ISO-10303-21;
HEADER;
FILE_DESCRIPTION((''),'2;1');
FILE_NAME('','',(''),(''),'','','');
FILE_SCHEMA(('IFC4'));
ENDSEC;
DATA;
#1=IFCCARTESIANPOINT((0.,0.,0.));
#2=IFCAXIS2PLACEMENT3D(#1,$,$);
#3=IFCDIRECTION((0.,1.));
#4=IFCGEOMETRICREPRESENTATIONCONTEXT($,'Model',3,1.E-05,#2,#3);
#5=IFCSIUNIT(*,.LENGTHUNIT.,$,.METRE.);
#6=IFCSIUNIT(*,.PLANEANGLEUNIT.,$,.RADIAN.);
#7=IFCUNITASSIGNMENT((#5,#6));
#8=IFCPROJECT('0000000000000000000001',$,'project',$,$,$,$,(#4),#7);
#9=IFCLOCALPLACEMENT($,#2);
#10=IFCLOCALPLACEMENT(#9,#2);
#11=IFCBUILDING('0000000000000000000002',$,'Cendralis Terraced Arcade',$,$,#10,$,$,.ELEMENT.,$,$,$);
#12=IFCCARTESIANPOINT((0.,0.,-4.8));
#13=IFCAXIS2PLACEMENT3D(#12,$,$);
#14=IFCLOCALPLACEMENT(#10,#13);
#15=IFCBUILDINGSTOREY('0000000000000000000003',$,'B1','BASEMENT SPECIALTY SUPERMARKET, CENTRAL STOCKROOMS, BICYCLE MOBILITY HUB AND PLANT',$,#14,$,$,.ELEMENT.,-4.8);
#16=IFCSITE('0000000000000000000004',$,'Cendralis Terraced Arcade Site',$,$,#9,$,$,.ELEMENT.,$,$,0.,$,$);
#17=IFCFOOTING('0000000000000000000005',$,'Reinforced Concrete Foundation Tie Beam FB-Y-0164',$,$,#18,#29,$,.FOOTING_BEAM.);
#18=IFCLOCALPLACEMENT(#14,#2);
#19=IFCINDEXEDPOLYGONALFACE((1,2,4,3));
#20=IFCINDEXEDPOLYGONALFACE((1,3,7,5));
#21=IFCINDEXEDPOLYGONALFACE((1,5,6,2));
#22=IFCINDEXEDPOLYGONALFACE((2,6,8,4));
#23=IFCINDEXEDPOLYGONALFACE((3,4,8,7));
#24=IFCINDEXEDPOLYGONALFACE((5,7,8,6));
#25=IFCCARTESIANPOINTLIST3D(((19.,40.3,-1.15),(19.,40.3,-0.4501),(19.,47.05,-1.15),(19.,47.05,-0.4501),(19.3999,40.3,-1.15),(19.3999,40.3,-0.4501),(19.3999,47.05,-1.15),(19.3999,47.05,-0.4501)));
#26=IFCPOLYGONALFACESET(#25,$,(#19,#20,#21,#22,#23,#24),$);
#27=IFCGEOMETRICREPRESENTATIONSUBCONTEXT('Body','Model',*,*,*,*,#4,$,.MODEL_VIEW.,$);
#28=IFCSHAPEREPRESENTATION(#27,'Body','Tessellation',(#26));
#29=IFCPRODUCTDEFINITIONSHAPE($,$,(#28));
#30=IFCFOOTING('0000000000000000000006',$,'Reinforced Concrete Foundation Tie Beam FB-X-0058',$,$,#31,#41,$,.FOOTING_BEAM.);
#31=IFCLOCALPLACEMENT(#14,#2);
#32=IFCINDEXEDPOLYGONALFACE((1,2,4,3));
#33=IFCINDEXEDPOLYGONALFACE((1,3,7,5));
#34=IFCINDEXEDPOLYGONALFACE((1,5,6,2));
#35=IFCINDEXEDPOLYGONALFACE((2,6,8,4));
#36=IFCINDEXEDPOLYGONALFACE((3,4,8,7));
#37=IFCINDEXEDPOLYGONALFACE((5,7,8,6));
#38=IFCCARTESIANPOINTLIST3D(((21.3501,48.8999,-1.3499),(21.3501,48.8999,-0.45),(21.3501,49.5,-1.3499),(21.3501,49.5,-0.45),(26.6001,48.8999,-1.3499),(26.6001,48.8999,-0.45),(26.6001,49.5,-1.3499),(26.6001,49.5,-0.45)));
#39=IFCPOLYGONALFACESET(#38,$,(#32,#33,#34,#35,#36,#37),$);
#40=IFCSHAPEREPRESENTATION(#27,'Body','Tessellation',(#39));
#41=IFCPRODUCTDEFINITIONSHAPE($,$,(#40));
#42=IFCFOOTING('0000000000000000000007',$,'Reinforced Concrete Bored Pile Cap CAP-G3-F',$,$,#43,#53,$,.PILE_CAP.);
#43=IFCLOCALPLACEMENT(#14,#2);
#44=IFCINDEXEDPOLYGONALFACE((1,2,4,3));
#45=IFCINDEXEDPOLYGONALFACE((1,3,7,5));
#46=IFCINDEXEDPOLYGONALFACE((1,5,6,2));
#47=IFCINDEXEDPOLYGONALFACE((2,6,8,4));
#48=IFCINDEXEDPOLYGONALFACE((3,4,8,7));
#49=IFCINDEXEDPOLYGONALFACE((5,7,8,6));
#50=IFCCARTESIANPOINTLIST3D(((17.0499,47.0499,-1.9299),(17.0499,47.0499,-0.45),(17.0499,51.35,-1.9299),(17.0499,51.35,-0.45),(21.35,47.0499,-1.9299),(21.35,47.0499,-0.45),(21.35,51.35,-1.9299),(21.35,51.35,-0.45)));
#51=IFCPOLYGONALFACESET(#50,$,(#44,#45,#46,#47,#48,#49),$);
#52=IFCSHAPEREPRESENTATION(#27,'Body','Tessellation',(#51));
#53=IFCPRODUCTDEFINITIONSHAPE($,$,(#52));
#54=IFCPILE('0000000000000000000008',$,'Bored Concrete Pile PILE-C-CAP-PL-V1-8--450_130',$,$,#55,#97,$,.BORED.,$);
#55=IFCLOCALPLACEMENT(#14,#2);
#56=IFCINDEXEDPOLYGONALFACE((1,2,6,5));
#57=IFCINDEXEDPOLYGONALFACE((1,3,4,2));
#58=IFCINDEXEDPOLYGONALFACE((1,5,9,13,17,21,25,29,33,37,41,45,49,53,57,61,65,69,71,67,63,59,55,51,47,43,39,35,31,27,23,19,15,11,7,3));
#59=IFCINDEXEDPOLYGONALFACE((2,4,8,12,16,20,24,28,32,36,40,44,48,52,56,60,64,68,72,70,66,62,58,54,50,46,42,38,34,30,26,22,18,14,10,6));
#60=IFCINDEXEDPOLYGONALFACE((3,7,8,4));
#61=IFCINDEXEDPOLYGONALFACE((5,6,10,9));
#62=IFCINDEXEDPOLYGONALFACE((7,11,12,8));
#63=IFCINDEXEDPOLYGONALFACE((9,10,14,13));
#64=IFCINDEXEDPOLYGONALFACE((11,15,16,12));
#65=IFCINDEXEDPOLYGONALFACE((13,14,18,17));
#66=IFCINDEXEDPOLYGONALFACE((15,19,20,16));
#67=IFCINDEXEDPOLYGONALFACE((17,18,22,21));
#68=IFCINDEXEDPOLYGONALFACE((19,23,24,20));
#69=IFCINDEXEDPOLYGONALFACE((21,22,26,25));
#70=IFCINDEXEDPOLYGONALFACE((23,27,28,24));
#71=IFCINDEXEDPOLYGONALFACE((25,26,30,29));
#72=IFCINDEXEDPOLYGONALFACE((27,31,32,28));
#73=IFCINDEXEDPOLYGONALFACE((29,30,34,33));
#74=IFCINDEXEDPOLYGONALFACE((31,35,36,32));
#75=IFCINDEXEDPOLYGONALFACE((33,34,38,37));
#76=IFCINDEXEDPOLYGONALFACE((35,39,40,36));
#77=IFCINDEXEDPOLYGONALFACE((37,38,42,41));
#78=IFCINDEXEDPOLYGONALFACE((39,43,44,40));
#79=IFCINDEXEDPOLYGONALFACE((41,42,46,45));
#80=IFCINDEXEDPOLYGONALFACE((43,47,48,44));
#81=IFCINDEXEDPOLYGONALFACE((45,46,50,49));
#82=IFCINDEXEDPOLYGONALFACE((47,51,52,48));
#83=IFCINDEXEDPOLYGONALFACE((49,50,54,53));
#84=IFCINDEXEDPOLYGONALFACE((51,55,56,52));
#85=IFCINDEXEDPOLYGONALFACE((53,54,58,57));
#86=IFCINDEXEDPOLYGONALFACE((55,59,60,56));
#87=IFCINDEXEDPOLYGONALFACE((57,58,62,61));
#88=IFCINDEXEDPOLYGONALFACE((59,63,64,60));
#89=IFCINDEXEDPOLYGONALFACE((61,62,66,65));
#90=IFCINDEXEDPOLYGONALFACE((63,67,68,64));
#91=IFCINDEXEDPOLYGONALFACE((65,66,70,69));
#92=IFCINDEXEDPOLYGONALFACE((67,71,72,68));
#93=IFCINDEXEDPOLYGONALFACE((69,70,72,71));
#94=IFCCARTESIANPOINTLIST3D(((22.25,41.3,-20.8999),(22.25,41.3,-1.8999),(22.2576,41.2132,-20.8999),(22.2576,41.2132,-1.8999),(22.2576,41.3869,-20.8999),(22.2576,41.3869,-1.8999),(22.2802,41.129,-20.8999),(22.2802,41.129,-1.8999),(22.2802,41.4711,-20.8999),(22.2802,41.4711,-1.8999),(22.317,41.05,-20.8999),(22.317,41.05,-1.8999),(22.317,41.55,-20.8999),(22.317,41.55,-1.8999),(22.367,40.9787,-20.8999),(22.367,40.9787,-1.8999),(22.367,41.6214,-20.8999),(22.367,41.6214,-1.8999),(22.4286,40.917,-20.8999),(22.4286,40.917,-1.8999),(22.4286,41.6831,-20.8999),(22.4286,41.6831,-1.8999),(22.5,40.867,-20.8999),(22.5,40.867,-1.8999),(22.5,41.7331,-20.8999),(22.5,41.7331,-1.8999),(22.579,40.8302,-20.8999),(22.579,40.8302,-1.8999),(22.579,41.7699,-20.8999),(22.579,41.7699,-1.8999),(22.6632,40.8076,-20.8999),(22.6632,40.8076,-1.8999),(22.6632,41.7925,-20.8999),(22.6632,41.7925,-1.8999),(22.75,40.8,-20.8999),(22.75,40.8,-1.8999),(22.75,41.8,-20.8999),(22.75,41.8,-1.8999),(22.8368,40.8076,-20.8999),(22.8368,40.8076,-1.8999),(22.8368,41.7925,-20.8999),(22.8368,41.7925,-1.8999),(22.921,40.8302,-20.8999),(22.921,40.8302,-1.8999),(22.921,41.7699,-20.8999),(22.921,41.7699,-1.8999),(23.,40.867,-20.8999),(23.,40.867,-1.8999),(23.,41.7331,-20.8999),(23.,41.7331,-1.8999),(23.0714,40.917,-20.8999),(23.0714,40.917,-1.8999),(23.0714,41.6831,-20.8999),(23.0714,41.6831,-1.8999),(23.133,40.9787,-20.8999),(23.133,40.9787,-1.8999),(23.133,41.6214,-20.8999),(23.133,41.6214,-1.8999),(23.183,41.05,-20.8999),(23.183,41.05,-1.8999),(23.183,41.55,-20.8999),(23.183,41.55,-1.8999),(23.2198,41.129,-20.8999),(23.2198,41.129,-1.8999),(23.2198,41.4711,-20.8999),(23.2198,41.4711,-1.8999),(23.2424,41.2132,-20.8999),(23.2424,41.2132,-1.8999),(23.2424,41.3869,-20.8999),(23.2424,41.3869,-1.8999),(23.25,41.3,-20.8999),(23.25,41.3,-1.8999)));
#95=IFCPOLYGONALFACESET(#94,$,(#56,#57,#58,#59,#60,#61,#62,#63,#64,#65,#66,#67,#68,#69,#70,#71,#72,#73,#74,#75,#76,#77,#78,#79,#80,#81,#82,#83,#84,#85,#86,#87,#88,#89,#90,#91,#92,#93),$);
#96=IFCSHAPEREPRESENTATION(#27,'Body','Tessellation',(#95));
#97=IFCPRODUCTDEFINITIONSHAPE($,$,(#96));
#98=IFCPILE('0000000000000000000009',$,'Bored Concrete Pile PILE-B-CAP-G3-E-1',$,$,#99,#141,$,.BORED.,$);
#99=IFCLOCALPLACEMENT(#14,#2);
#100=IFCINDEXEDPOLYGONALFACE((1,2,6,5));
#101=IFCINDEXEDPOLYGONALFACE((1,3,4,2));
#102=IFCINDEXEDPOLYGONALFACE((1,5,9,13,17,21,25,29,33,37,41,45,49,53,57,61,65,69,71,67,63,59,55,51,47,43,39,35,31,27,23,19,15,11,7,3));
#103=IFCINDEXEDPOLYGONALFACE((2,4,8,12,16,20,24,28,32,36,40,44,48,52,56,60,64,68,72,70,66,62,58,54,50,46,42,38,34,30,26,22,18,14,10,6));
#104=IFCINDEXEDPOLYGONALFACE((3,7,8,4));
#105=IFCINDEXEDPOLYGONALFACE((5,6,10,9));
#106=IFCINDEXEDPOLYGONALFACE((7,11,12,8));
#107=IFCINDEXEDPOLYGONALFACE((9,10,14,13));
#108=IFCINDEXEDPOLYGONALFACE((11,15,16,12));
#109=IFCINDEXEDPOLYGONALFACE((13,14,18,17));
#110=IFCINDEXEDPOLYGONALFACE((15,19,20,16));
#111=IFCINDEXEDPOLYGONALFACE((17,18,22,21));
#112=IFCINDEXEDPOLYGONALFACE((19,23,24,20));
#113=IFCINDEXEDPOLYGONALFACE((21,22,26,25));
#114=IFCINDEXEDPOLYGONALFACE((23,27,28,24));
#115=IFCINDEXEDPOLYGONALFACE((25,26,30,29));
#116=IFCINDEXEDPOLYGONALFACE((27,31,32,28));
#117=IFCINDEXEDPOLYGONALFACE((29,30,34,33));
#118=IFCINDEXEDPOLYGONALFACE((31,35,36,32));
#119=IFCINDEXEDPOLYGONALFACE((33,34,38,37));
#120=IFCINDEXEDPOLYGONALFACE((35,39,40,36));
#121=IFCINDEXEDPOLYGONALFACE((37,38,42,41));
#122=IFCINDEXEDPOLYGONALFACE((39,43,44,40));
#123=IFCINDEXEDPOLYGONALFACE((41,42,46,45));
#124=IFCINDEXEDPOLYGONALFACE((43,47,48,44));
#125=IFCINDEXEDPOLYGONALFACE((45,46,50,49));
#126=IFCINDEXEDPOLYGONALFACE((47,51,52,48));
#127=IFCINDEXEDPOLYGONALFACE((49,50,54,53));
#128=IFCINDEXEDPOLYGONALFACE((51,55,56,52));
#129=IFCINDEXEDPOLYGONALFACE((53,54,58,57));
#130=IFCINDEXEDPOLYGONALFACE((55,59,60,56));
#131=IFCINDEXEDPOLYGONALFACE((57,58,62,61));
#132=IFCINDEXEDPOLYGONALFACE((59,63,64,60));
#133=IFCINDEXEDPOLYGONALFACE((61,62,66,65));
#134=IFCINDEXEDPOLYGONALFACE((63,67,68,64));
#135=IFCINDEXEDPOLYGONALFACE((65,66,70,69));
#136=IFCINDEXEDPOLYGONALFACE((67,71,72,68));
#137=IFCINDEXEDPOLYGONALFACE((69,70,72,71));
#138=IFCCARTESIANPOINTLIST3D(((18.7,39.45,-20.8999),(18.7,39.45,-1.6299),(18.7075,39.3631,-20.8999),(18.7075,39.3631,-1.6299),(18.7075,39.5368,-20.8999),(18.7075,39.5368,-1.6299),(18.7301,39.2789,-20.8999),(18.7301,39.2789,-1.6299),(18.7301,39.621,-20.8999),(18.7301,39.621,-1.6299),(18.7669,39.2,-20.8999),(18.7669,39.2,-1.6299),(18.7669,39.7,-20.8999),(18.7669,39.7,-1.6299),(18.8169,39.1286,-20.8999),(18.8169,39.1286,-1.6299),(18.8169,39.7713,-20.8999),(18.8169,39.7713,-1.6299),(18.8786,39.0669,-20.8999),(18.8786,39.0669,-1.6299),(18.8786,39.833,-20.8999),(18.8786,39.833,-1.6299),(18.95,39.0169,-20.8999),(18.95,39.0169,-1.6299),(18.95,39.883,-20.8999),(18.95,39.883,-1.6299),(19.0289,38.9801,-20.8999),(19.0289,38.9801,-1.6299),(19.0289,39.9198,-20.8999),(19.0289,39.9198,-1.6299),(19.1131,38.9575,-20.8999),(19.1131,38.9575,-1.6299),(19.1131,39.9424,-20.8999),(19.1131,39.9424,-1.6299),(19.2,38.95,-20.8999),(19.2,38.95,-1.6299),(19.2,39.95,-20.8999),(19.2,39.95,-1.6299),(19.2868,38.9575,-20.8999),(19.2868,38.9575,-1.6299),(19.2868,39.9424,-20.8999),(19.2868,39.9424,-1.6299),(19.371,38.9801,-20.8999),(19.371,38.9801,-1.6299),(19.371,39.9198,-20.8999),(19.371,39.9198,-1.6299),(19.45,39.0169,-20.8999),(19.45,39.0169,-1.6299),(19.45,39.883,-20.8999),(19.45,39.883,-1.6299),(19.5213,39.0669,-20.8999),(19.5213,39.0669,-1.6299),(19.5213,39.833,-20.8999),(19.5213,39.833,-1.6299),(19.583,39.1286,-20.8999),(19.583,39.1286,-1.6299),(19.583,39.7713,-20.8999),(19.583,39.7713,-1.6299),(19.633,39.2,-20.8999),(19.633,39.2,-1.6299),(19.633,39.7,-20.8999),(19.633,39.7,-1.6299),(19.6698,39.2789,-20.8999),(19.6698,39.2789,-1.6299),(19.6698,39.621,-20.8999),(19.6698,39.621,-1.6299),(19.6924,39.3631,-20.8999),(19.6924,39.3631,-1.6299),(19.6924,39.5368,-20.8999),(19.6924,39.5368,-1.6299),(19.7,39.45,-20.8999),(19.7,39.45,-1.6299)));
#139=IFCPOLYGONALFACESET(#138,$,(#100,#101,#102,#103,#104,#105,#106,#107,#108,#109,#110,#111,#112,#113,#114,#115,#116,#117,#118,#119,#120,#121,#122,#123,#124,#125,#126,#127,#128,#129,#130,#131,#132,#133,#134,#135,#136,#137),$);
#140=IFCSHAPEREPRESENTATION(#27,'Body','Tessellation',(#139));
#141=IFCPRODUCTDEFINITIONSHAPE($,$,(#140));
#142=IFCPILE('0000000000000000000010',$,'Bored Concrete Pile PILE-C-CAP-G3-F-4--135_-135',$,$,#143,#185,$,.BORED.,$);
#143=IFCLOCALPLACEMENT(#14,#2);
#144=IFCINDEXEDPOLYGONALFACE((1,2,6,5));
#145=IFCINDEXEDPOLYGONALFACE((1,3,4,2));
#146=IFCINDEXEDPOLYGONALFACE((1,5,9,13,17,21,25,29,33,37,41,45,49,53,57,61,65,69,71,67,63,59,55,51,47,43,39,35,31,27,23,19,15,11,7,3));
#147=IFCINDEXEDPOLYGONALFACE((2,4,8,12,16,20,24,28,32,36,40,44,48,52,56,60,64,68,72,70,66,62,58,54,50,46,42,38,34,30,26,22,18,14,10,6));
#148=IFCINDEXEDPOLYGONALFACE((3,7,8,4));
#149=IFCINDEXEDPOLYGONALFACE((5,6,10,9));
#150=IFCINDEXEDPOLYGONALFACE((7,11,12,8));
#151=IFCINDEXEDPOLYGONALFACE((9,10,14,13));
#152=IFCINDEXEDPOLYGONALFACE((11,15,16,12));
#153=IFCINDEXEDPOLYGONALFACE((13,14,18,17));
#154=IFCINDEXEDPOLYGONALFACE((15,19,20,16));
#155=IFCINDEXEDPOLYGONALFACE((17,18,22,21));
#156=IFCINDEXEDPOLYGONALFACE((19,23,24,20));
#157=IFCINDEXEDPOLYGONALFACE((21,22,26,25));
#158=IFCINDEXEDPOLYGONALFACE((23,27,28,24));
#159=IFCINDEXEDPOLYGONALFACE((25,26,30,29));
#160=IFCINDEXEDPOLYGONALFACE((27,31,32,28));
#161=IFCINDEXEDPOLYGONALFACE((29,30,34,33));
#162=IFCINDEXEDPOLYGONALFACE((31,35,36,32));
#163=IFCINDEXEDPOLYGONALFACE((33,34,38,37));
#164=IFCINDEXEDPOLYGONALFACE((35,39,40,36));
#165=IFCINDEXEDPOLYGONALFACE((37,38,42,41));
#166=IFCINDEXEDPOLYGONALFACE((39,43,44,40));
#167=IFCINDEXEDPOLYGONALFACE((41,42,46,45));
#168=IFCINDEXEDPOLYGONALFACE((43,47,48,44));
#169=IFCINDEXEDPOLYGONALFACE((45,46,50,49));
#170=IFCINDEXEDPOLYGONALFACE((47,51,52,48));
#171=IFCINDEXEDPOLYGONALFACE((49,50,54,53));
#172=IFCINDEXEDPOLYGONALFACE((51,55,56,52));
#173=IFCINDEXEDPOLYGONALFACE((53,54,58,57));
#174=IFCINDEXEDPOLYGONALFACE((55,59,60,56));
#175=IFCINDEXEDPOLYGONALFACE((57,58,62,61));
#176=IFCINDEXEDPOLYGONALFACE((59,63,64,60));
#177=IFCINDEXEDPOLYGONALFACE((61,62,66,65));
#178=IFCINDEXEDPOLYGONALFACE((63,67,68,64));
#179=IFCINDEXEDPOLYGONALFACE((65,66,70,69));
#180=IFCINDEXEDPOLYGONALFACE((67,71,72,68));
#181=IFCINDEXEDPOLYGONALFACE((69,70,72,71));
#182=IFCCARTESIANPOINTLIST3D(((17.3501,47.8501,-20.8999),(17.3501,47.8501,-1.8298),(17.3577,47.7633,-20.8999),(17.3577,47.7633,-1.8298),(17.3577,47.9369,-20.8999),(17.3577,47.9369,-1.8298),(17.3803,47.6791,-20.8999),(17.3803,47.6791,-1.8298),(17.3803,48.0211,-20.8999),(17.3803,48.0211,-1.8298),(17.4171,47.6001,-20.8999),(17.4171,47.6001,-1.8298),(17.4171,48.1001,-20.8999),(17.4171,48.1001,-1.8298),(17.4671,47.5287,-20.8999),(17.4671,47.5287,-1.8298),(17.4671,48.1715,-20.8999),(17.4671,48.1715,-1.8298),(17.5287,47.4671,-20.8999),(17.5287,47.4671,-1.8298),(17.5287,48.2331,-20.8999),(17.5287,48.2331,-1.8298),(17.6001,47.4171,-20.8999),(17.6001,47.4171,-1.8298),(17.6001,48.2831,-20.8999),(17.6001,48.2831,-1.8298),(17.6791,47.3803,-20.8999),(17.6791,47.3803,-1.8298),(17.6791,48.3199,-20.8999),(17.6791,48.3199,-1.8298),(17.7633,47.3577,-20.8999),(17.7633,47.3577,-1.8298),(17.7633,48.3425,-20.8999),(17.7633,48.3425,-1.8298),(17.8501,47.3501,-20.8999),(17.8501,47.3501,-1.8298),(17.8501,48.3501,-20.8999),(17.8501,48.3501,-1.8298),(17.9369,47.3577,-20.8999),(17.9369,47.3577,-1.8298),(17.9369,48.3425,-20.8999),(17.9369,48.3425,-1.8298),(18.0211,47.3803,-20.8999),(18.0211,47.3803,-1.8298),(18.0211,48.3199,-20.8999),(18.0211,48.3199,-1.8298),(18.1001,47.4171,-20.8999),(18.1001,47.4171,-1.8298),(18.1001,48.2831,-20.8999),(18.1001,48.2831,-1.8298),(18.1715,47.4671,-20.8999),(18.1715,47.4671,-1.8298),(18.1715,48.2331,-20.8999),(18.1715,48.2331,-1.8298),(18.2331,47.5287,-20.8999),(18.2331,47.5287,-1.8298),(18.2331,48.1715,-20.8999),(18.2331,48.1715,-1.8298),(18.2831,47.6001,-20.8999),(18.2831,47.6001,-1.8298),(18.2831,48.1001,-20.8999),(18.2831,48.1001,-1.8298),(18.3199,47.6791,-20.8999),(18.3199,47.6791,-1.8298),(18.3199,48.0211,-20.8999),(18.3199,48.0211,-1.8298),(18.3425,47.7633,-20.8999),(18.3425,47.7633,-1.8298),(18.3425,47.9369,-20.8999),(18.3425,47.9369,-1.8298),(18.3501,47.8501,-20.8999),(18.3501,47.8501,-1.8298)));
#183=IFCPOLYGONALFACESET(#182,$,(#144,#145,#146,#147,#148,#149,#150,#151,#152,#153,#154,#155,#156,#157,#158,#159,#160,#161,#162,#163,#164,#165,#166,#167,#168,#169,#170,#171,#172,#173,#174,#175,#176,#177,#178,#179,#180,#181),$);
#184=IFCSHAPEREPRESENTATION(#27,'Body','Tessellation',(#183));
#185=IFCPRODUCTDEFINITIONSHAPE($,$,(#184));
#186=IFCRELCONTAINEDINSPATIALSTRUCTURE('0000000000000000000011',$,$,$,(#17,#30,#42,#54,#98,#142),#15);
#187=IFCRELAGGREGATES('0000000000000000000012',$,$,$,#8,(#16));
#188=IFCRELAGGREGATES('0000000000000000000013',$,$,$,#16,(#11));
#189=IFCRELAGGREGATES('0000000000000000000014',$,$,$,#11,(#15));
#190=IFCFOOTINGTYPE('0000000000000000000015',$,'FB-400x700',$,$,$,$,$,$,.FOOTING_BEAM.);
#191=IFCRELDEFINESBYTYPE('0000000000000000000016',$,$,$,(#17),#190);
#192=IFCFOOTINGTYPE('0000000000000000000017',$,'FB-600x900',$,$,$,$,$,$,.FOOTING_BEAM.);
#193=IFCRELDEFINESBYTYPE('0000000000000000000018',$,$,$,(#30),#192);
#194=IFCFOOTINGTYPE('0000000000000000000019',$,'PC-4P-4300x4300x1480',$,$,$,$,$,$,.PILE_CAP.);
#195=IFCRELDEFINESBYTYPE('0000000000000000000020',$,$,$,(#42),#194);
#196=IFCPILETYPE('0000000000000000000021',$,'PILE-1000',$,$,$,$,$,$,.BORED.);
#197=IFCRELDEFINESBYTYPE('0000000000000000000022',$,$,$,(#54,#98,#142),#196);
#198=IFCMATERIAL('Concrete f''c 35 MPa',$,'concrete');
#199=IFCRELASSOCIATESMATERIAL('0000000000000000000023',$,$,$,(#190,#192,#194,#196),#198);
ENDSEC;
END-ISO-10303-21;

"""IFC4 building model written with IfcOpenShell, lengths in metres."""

from ifc_helpers import new_model, si_unit, direction, frame, origin, origin_2d, place, context, subcontext, project, spatial, rectangle, circle, extrude, material, material_profile, profile_set, type_object, element, save


model = new_model("IFC4")

# Units and contexts
model_context = context("Model", 3, precision=1e-05, world=origin(), true_north=direction((0.0, 1.0)))
body_context = subcontext(model_context, "Body", "Model", "MODEL_VIEW")
ifc_project = project(units=[si_unit("LENGTHUNIT", "METRE"), si_unit("PLANEANGLEUNIT", "RADIAN")], contexts=[model_context])

# Site, building, storey
site_placement = place(None, origin())
site = spatial("IfcSite", under=ifc_project, at=site_placement, Name="Cendralis Terraced Arcade Site", CompositionType="ELEMENT", RefElevation=0.0)
building_placement = place(site_placement, origin())
building = spatial("IfcBuilding", under=site, at=building_placement, Name="Cendralis Terraced Arcade", CompositionType="ELEMENT")
storey_placement = place(building_placement, frame((0.0, 0.0, -4.8)))
storey = spatial("IfcBuildingStorey", under=building, at=storey_placement, Name="B1", Description="BASEMENT SPECIALTY SUPERMARKET, CENTRAL STOCKROOMS, BICYCLE MOBILITY HUB AND PLANT", CompositionType="ELEMENT", Elevation=-4.8)

# Footings
ifc_material_1 = material(Name="Concrete f'c 35 MPa", Category="concrete")
ifc_material_profile_1 = material_profile(ifc_material_1, rectangle(XDim=0.3999, YDim=0.7, at=origin_2d()), Name="FB-400x700", Category="LoadBearing")
ifc_profile_set_1 = profile_set([ifc_material_profile_1], Name="Concrete f'c 35 MPa")
footing_type_1 = type_object("IfcFootingType", Name="FB-400x700", PredefinedType="FOOTING_BEAM", material=ifc_profile_set_1)
footing_1_placement = place(storey_placement, frame((19.2, 40.3, -0.8), z_axis=(0.0, 1.0, 0.0), x_axis=(-1.0, 0.0, 0.0)))
element("IfcFooting", 1, at=footing_1_placement, inside=storey, type_object=footing_type_1, Name="Reinforced Concrete Foundation Tie Beam FB-Y-0164", PredefinedType="FOOTING_BEAM", context=body_context, shape_type="SweptSolid", body=[
    extrude(rectangle(XDim=0.3999, YDim=0.7, at=origin_2d()), origin(), (0.0, 0.0, 1.0), 6.75),
])
ifc_material_profile_2 = material_profile(ifc_material_1, rectangle(XDim=0.6001, YDim=0.8999, at=origin_2d()), Name="FB-600x900", Category="LoadBearing")
ifc_profile_set_2 = profile_set([ifc_material_profile_2], Name="Concrete f'c 35 MPa")
footing_type_2 = type_object("IfcFootingType", Name="FB-600x900", PredefinedType="FOOTING_BEAM", material=ifc_profile_set_2)
footing_2_placement = place(storey_placement, frame((21.3501, 49.2, -0.8999), z_axis=(1.0, 0.0, 0.0), x_axis=(0.0, 1.0, 0.0)))
element("IfcFooting", 2, at=footing_2_placement, inside=storey, type_object=footing_type_2, Name="Reinforced Concrete Foundation Tie Beam FB-X-0058", PredefinedType="FOOTING_BEAM", context=body_context, shape_type="SweptSolid", body=[
    extrude(rectangle(XDim=0.6001, YDim=0.8999, at=origin_2d()), origin(), (0.0, 0.0, 1.0), 5.25),
])
footing_type_3 = type_object("IfcFootingType", Name="PC-4P-4300x4300x1480", PredefinedType="PILE_CAP", material=ifc_material_1)
footing_3_placement = place(storey_placement, frame((19.2, 49.2, -1.9299), z_axis=(0.0, 0.0, 1.0), x_axis=(1.0, 0.0, 0.0)))
element("IfcFooting", 3, at=footing_3_placement, inside=storey, type_object=footing_type_3, Name="Reinforced Concrete Bored Pile Cap CAP-G3-F", PredefinedType="PILE_CAP", context=body_context, shape_type="SweptSolid", body=[
    extrude(rectangle(XDim=4.3, YDim=4.3, at=origin_2d()), origin(), (0.0, 0.0, 1.0), 1.48),
])

# Piles
ifc_material_profile_3 = material_profile(ifc_material_1, circle(Radius=0.5, at=origin_2d()), Name="PILE-D1000", Category="LoadBearing")
ifc_profile_set_3 = profile_set([ifc_material_profile_3], Name="Concrete f'c 35 MPa")
pile_type = type_object("IfcPileType", Name="PILE-1000", PredefinedType="BORED", material=ifc_profile_set_3)
pile_1_placement = place(storey_placement, frame((22.75, 41.3, -1.8999), z_axis=(0.0, 0.0, -1.0), x_axis=(1.0, 0.0, 0.0)))
element("IfcPile", 4, at=pile_1_placement, inside=storey, type_object=pile_type, Name="Bored Concrete Pile PILE-C-CAP-PL-V1-8--450_130", PredefinedType="BORED", context=body_context, shape_type="SweptSolid", body=[
    extrude(circle(Radius=0.5, at=origin_2d()), origin(), (0.0, 0.0, 1.0), 19.0),
])
pile_2_placement = place(storey_placement, frame((19.2, 39.45, -1.6299), z_axis=(0.0, 0.0, -1.0), x_axis=(1.0, 0.0, 0.0)))
element("IfcPile", 5, at=pile_2_placement, inside=storey, type_object=pile_type, Name="Bored Concrete Pile PILE-B-CAP-G3-E-1", PredefinedType="BORED", context=body_context, shape_type="SweptSolid", body=[
    extrude(circle(Radius=0.5, at=origin_2d()), origin(), (0.0, 0.0, 1.0), 19.27),
])
for number, where, z_axis, x_axis, name in (
    (6, (17.8501, 47.8501, -1.8298), (0.0, 0.0, -1.0), (1.0, 0.0, 0.0), "Bored Concrete Pile PILE-C-CAP-G3-F-4--135_-135"),
):
    element("IfcPile", number, at=place(storey_placement, frame(where, z_axis=z_axis, x_axis=x_axis)), inside=storey, type_object=pile_type, Name=name, PredefinedType="BORED", context=body_context, shape_type="SweptSolid", body=[
        extrude(circle(Radius=0.5, at=origin_2d()), origin(), (0.0, 0.0, 1.0), 19.0701),
    ])

save(model, "model.ifc")
